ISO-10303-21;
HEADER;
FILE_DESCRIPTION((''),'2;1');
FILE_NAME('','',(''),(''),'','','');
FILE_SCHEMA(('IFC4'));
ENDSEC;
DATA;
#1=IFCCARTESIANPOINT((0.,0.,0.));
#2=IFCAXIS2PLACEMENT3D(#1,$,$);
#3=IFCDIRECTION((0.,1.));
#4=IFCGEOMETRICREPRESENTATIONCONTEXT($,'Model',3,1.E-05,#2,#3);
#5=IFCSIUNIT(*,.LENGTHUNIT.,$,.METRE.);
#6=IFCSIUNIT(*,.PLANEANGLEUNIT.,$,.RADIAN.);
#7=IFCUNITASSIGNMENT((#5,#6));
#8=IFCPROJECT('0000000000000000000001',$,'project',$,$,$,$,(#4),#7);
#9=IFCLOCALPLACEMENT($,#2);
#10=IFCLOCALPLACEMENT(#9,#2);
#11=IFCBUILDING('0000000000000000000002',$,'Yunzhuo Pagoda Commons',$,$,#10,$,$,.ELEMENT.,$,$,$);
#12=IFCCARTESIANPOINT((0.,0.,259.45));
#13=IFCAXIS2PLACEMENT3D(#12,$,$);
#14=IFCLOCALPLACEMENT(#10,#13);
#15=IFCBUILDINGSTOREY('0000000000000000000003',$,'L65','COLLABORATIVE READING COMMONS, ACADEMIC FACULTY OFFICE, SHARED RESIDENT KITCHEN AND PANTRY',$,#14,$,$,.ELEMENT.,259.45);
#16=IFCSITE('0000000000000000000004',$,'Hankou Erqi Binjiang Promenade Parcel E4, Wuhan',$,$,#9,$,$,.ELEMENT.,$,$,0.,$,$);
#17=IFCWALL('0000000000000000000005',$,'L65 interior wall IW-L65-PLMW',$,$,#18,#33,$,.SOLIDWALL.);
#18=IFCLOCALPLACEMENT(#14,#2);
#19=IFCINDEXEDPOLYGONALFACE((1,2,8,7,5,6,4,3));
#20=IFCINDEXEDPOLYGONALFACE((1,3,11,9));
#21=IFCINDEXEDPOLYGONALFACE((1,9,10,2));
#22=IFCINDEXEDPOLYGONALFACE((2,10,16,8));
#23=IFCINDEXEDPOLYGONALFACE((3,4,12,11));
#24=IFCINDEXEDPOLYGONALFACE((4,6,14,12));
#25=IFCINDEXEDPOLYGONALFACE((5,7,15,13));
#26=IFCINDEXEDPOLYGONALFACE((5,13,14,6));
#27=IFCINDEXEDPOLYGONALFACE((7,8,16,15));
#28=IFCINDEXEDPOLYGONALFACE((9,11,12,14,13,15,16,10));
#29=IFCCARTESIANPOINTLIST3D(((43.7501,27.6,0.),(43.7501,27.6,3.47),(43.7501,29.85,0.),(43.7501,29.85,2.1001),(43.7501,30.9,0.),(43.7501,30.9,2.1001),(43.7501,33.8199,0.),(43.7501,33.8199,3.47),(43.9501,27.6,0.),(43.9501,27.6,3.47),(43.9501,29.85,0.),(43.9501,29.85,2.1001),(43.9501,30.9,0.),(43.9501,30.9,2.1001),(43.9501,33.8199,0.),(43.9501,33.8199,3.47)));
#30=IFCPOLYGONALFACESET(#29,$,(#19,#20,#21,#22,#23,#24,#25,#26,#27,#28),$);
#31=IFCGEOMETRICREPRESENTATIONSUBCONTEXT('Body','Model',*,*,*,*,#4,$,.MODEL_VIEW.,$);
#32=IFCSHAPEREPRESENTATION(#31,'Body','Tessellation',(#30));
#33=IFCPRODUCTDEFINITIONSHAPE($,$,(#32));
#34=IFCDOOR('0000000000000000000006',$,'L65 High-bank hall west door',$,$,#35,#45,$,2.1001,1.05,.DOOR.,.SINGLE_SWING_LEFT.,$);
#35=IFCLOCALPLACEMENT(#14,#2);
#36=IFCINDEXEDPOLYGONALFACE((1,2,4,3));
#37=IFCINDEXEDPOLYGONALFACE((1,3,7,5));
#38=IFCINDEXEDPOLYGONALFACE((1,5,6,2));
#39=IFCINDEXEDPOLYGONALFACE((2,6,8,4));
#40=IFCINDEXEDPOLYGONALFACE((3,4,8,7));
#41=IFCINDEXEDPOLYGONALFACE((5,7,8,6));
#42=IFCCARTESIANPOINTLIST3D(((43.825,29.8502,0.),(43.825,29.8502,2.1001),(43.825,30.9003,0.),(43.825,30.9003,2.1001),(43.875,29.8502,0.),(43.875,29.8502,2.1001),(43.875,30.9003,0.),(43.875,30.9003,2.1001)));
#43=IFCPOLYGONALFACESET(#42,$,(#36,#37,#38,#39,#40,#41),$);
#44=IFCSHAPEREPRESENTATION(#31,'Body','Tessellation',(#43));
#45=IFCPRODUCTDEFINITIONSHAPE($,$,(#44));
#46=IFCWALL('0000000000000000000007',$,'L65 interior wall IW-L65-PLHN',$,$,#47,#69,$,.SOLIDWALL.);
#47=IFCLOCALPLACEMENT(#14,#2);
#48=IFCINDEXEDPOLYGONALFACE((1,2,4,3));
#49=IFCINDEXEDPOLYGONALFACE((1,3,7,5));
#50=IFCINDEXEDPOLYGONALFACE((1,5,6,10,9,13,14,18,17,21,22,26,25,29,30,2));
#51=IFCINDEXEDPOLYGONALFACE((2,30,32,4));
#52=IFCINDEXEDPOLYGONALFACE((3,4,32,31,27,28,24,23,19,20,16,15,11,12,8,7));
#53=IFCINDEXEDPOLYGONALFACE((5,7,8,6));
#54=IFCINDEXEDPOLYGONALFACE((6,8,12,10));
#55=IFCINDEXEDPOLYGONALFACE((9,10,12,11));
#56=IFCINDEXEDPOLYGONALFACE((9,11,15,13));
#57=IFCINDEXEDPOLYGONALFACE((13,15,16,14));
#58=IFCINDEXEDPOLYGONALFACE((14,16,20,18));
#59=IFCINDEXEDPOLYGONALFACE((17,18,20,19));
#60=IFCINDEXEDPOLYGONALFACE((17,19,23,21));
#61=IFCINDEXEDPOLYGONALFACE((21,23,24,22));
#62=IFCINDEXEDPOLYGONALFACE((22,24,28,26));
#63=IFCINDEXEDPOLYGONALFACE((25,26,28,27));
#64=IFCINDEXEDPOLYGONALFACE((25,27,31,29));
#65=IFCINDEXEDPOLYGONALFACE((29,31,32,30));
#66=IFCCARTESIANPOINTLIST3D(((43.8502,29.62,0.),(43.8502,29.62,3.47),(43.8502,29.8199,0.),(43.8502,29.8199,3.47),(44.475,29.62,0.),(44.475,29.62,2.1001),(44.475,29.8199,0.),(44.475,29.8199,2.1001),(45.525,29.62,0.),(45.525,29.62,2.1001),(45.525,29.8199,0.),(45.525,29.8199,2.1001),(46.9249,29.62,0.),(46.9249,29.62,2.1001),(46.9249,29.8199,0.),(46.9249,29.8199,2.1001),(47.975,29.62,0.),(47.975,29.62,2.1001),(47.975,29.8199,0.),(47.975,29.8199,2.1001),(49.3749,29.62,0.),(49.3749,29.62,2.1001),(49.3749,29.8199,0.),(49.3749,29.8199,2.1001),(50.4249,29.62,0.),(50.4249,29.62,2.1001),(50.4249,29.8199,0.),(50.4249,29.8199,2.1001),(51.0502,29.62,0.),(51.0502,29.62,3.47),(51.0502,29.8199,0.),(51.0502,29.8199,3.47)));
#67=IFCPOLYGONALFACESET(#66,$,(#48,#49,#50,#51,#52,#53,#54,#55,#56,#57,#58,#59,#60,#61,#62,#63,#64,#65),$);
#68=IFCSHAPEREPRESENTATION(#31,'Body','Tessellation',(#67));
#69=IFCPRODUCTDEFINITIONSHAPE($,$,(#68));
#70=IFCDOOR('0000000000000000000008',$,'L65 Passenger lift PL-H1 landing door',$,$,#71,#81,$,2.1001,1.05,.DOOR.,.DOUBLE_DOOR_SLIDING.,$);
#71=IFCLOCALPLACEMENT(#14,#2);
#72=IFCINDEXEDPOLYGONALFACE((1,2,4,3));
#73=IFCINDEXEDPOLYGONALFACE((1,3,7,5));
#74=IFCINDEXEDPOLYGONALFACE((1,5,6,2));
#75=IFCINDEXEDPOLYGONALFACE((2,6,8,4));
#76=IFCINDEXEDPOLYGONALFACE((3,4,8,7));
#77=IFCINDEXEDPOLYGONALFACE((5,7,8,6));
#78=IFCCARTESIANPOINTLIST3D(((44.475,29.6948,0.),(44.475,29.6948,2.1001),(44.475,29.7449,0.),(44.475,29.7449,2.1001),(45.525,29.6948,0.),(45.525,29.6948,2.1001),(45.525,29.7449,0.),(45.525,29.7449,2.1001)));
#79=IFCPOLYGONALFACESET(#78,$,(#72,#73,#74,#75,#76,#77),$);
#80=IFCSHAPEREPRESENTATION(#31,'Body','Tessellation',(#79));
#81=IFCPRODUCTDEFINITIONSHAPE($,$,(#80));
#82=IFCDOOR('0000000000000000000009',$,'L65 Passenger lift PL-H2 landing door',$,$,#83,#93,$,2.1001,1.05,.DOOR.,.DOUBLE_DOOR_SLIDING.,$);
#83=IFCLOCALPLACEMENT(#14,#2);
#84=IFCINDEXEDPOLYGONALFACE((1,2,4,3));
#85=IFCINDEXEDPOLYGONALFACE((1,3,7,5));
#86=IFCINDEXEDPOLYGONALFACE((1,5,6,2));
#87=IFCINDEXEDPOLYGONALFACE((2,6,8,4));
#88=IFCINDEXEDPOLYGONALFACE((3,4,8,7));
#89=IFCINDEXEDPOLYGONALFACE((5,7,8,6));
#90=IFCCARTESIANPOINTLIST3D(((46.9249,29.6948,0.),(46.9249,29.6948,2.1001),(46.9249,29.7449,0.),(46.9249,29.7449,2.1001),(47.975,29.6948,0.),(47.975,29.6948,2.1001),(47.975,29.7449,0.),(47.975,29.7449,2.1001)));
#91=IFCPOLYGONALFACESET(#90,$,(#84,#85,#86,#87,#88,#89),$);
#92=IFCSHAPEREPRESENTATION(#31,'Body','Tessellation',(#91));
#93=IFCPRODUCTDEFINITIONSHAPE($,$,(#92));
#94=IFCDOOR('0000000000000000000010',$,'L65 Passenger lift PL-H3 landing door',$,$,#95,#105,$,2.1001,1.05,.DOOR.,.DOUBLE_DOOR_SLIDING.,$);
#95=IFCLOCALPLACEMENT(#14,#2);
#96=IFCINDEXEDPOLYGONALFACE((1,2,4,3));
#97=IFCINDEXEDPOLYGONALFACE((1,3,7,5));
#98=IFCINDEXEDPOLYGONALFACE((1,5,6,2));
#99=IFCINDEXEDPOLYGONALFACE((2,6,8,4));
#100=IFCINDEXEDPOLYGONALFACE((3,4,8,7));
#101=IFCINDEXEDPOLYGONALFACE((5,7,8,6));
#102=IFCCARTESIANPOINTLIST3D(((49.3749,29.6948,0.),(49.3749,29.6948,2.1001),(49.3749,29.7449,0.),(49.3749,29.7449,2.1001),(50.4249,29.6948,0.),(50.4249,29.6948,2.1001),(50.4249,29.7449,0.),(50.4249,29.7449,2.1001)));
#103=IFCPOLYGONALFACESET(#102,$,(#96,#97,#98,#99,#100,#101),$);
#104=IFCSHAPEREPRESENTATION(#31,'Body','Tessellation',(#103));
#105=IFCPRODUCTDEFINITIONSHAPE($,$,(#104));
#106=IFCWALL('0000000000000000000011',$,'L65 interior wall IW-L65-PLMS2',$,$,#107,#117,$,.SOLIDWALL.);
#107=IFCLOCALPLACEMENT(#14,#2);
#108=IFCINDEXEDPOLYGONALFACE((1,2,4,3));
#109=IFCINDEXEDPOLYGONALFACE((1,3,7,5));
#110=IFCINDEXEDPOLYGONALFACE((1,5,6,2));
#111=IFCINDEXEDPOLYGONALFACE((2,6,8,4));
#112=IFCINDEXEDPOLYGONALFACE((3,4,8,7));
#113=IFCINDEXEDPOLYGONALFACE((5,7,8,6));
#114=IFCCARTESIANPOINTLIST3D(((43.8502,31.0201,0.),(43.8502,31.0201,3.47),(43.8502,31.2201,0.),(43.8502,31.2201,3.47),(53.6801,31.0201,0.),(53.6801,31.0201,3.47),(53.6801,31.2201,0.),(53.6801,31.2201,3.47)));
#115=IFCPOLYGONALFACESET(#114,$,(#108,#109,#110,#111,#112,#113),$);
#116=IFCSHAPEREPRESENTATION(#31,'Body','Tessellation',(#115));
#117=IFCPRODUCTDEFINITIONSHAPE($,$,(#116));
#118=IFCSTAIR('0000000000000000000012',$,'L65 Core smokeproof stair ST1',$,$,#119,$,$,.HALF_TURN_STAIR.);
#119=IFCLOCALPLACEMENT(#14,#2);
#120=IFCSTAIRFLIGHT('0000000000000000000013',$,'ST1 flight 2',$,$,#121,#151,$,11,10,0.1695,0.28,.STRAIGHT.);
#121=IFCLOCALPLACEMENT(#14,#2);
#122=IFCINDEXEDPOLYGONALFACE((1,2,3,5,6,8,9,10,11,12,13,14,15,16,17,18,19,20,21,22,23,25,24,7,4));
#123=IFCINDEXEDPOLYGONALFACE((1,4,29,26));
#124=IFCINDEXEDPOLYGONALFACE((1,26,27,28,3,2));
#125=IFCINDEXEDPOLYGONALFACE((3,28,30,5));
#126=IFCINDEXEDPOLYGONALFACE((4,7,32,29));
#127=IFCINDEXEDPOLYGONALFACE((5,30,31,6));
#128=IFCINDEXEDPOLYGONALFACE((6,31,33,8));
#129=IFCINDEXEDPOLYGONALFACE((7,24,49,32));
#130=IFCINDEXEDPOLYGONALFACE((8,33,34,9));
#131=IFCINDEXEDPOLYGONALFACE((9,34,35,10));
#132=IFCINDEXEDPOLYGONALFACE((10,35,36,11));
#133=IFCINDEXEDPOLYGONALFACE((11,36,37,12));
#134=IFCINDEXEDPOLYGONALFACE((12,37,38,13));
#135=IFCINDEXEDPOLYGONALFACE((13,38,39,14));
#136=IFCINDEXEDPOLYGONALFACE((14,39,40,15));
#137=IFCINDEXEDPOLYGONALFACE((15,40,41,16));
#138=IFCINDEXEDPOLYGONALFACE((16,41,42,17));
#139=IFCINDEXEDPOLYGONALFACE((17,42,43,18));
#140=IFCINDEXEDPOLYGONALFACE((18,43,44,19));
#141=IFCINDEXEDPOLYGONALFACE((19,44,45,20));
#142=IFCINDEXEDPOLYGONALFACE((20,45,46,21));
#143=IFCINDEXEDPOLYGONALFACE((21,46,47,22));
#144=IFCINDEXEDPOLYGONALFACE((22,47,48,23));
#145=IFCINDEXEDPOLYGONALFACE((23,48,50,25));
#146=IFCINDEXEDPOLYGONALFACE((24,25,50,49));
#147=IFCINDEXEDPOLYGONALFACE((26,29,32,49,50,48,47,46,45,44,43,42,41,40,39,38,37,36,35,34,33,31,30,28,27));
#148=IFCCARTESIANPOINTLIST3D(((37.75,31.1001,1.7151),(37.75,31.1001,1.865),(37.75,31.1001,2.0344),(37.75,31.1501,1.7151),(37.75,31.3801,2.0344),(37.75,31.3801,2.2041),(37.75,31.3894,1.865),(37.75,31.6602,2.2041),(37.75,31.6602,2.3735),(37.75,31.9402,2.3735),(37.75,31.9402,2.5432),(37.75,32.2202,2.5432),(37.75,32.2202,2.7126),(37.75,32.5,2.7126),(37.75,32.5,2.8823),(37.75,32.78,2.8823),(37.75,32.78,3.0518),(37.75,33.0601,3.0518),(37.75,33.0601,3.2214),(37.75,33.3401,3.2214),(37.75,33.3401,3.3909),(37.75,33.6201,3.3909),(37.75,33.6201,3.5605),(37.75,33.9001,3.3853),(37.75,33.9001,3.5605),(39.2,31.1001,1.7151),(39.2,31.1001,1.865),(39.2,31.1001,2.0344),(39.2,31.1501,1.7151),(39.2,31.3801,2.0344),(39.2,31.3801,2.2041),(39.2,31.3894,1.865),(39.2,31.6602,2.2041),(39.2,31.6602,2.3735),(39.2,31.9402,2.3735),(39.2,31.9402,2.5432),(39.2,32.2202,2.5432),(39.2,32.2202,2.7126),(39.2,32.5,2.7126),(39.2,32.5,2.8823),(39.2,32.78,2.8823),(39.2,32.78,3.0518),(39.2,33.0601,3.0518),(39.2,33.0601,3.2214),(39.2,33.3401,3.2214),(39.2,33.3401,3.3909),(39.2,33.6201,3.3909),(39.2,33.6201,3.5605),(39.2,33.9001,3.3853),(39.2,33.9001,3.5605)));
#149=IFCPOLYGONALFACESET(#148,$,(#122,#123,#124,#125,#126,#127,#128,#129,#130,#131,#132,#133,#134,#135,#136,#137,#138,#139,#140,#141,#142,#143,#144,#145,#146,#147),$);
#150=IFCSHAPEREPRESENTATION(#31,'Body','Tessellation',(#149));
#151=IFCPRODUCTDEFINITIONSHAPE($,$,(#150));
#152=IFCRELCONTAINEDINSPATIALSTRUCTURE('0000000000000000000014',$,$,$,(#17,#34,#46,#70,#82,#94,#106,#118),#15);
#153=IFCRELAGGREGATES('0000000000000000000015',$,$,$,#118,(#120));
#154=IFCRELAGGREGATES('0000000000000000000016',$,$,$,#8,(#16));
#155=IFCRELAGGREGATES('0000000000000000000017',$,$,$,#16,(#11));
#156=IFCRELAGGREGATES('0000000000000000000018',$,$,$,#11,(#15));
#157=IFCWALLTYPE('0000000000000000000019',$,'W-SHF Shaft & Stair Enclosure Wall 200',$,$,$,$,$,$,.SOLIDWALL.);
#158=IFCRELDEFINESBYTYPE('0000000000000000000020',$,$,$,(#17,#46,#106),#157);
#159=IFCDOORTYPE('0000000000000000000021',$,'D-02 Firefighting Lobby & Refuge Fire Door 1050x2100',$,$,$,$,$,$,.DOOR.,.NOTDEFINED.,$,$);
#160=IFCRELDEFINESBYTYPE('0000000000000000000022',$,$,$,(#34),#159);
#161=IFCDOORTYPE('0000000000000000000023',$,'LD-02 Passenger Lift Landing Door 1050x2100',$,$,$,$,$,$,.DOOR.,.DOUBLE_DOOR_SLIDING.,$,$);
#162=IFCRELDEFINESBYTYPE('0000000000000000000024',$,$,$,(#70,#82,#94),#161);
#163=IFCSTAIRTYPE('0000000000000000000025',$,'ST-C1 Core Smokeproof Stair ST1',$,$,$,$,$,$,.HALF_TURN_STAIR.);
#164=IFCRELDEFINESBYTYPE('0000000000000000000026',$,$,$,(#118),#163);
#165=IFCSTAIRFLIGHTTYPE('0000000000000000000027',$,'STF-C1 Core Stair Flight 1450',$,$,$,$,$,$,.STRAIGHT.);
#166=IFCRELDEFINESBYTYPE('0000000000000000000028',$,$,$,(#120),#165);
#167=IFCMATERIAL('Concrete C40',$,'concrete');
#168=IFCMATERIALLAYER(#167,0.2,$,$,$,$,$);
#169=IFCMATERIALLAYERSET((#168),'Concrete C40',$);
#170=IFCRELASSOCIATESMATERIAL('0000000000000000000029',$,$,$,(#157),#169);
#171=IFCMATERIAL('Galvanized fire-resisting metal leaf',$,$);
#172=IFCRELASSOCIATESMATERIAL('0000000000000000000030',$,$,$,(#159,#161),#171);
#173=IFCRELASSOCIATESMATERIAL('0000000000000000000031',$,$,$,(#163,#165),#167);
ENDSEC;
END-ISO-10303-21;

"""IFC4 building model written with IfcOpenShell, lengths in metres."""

from ifc_helpers import new_model, si_unit, direction, frame, frame_2d, origin, origin_with_axes, place, context, subcontext, project, spatial, polyline, rectangle, outline, extrude, source, transform, mapped, material, layer, layer_set, type_object, element, fill, aggregate, save


model = new_model("IFC4")

# Units and contexts
model_context = context("Model", 3, precision=1e-05, world=origin(), true_north=direction((0.0, 1.0)))
body_context = subcontext(model_context, "Body", "Model", "MODEL_VIEW")
ifc_project = project(units=[si_unit("LENGTHUNIT", "METRE"), si_unit("PLANEANGLEUNIT", "RADIAN")], contexts=[model_context])

# Site, building, storey
site_placement = place(None, origin())
site = spatial("IfcSite", under=ifc_project, at=site_placement, Name="Hankou Erqi Binjiang Promenade Parcel E4, Wuhan", CompositionType="ELEMENT", RefElevation=0.0)
building_placement = place(site_placement, origin())
building = spatial("IfcBuilding", under=site, at=building_placement, Name="Yunzhuo Pagoda Commons", CompositionType="ELEMENT")
storey_placement = place(building_placement, frame((0.0, 0.0, 259.45)))
storey = spatial("IfcBuildingStorey", under=building, at=storey_placement, Name="L65", Description="COLLABORATIVE READING COMMONS, ACADEMIC FACULTY OFFICE, SHARED RESIDENT KITCHEN AND PANTRY", CompositionType="ELEMENT", Elevation=259.45)

# Shared definitions
ifc_material_1 = material(Name="Galvanized fire-resisting metal leaf")

# Wall, opening, door
ifc_material_2 = material(Name="Concrete C40", Category="concrete")
ifc_layer_1 = layer(ifc_material_2, 0.2)
ifc_layer_set_1 = layer_set([ifc_layer_1], Name="Concrete C40")
wall_type_1 = type_object("IfcWallType", Name="W-SHF Shaft & Stair Enclosure Wall 200", PredefinedType="SOLIDWALL", material=ifc_layer_set_1)
wall_1_placement = place(storey_placement, frame((43.8501, 27.6001, 0.0), z_axis=(0.0, 0.0, 1.0), x_axis=(0.0, 1.0, 0.0)))
wall_1 = element("IfcWall", 1, at=wall_1_placement, inside=storey, type_object=wall_type_1, Name="L65 interior wall IW-L65-PLMW", PredefinedType="SOLIDWALL", context=body_context, shape_type="SweptSolid", body=[
    extrude(rectangle(XDim=6.22, YDim=0.2, at=frame_2d((3.1099, 0.0))), origin(), (0.0, 0.0, 1.0), 3.47),
])
opening_1_placement = place(wall_1_placement, frame((2.25, 0.0, 0.0)))
opening_1 = element("IfcOpeningElement", 2, at=opening_1_placement, cuts=wall_1, PredefinedType="OPENING", context=body_context, shape_type="SweptSolid", body=[
    extrude(rectangle(XDim=1.05, YDim=2.1001, at=frame_2d((0.5249, 1.05))), frame((0.0, 0.1099, 0.0), z_axis=(0.0, -1.0, 0.0), x_axis=(1.0, 0.0, 0.0)), (0.0, 0.0, 1.0), 0.22),
])
door_type_1 = type_object("IfcDoorType", Name="D-02 Firefighting Lobby & Refuge Fire Door 1050x2100", OperationType="NOTDEFINED", PredefinedType="DOOR", material=ifc_material_1)
shared_shape_1 = source(origin(), body_context, "Body", "SweptSolid", [
    extrude(rectangle(XDim=1.05, YDim=2.1001, at=frame_2d((0.5249, 1.05))), frame((0.0, 0.0249, 0.0), z_axis=(0.0, -1.0, 0.0), x_axis=(1.0, 0.0, 0.0)), (0.0, 0.0, 1.0), 0.05),
])
door_1_placement = place(opening_1_placement, frame((1.05, 0.0, 0.0), z_axis=(0.0, 0.0, 1.0), x_axis=(-1.0, 0.0, 0.0)))
door_1 = element("IfcDoor", 3, at=door_1_placement, inside=storey, type_object=door_type_1, Name="L65 High-bank hall west door", OperationType="SINGLE_SWING_LEFT", OverallHeight=2.1001, OverallWidth=1.05, PredefinedType="DOOR", context=body_context, shape_type="MappedRepresentation", body=[
    mapped(shared_shape_1, transform((0.0, 0.0, 0.0), scale=1.0)),
])
fill(opening_1, door_1)

# Wall, openings, doors
wall_2_placement = place(storey_placement, frame((43.8501, 29.72, 0.0), z_axis=(0.0, 0.0, 1.0), x_axis=(1.0, 0.0, 0.0)))
wall_2 = element("IfcWall", 4, at=wall_2_placement, inside=storey, type_object=wall_type_1, Name="L65 interior wall IW-L65-PLHN", PredefinedType="SOLIDWALL", context=body_context, shape_type="SweptSolid", body=[
    extrude(rectangle(XDim=7.2, YDim=0.2, at=frame_2d((3.6001, 0.0))), origin(), (0.0, 0.0, 1.0), 3.47),
])
opening_2_placement = place(wall_2_placement, frame((0.625, 0.0, 0.0)))
opening_2 = element("IfcOpeningElement", 5, at=opening_2_placement, cuts=wall_2, PredefinedType="OPENING", context=body_context, shape_type="SweptSolid", body=[
    extrude(rectangle(XDim=1.05, YDim=2.1001, at=frame_2d((0.5249, 1.05))), frame((0.0, 0.1099, 0.0), z_axis=(0.0, -1.0, 0.0), x_axis=(1.0, 0.0, 0.0)), (0.0, 0.0, 1.0), 0.22),
])
opening_3_placement = place(wall_2_placement, frame((3.075, 0.0, 0.0)))
opening_3 = element("IfcOpeningElement", 6, at=opening_3_placement, cuts=wall_2, PredefinedType="OPENING", context=body_context, shape_type="SweptSolid", body=[
    extrude(rectangle(XDim=1.05, YDim=2.1001, at=frame_2d((0.5249, 1.05))), frame((0.0, 0.1099, 0.0), z_axis=(0.0, -1.0, 0.0), x_axis=(1.0, 0.0, 0.0)), (0.0, 0.0, 1.0), 0.22),
])
opening_4_placement = place(wall_2_placement, frame((5.5249, 0.0, 0.0)))
opening_4 = element("IfcOpeningElement", 7, at=opening_4_placement, cuts=wall_2, PredefinedType="OPENING", context=body_context, shape_type="SweptSolid", body=[
    extrude(rectangle(XDim=1.05, YDim=2.1001, at=frame_2d((0.5249, 1.05))), frame((0.0, 0.1099, 0.0), z_axis=(0.0, -1.0, 0.0), x_axis=(1.0, 0.0, 0.0)), (0.0, 0.0, 1.0), 0.22),
])
door_type_2 = type_object("IfcDoorType", Name="LD-02 Passenger Lift Landing Door 1050x2100", OperationType="DOUBLE_DOOR_SLIDING", PredefinedType="DOOR", material=ifc_material_1)
door_2_placement = place(opening_2_placement, origin_with_axes())
door_2 = element("IfcDoor", 8, at=door_2_placement, inside=storey, type_object=door_type_2, Name="L65 Passenger lift PL-H1 landing door", OperationType="DOUBLE_DOOR_SLIDING", OverallHeight=2.1001, OverallWidth=1.05, PredefinedType="DOOR", context=body_context, shape_type="MappedRepresentation", body=[
    mapped(shared_shape_1, transform((0.0, 0.0, 0.0), scale=1.0)),
])
fill(opening_2, door_2)
door_3_placement = place(opening_3_placement, origin_with_axes())
door_3 = element("IfcDoor", 9, at=door_3_placement, inside=storey, type_object=door_type_2, Name="L65 Passenger lift PL-H2 landing door", OperationType="DOUBLE_DOOR_SLIDING", OverallHeight=2.1001, OverallWidth=1.05, PredefinedType="DOOR", context=body_context, shape_type="MappedRepresentation", body=[
    mapped(shared_shape_1, transform((0.0, 0.0, 0.0), scale=1.0)),
])
fill(opening_3, door_3)
door_4_placement = place(opening_4_placement, origin_with_axes())
door_4 = element("IfcDoor", 10, at=door_4_placement, inside=storey, type_object=door_type_2, Name="L65 Passenger lift PL-H3 landing door", OperationType="DOUBLE_DOOR_SLIDING", OverallHeight=2.1001, OverallWidth=1.05, PredefinedType="DOOR", context=body_context, shape_type="MappedRepresentation", body=[
    mapped(shared_shape_1, transform((0.0, 0.0, 0.0), scale=1.0)),
])
fill(opening_4, door_4)

# Wall
wall_3_placement = place(storey_placement, frame((43.8501, 31.1201, 0.0), z_axis=(0.0, 0.0, 1.0), x_axis=(1.0, 0.0, 0.0)))
element("IfcWall", 11, at=wall_3_placement, inside=storey, type_object=wall_type_1, Name="L65 interior wall IW-L65-PLMS2", PredefinedType="SOLIDWALL", context=body_context, shape_type="SweptSolid", body=[
    extrude(rectangle(XDim=9.8298, YDim=0.2, at=frame_2d((4.915, 0.0))), origin(), (0.0, 0.0, 1.0), 3.47),
])

# Stair, stair flight
stair_type = type_object("IfcStairType", Name="ST-C1 Core Smokeproof Stair ST1", PredefinedType="HALF_TURN_STAIR", material=ifc_material_2)
stair_placement = place(storey_placement, origin())
stair = element("IfcStair", 12, at=stair_placement, inside=storey, type_object=stair_type, Name="L65 Core smokeproof stair ST1", PredefinedType="HALF_TURN_STAIR")
stair_flight_type = type_object("IfcStairFlightType", Name="STF-C1 Core Stair Flight 1450", PredefinedType="STRAIGHT", material=ifc_material_2)
shared_shape_2 = source(origin(), body_context, "Body", "SweptSolid", [
    extrude(outline(polyline([(0.0, -0.1499), (0.0, 0.0), (0.0, 0.1694), (0.28, 0.1694), (0.28, 0.3391), (0.5601, 0.3391), (0.5601, 0.5085), (0.8401, 0.5085), (0.8401, 0.6782), (1.1201, 0.6782), (1.1201, 0.8477), (1.3999, 0.8477), (1.3999, 1.0173), (1.6799, 1.0173), (1.6799, 1.1868), (1.96, 1.1868), (1.96, 1.3564), (2.24, 1.3564), (2.24, 1.5259), (2.52, 1.5259), (2.52, 1.6956), (2.8, 1.6956), (2.8, 1.865), (2.8, 1.5203), (0.2893, 0.0), (0.05, -0.1499), (0.0, -0.1499)])), frame((0.0, 0.7251, 0.0), z_axis=(0.0, -1.0, 0.0), x_axis=(1.0, 0.0, 0.0)), (0.0, 0.0, 1.0), 1.45),
])
stair_flight_placement = place(storey_placement, frame((38.4751, 31.1001, 1.865), z_axis=(0.0, 0.0, 1.0), x_axis=(0.0, 1.0, 0.0)))
stair_flight = element("IfcStairFlight", 13, at=stair_flight_placement, type_object=stair_flight_type, Name="ST1 flight 2", NumberOfRisers=11, NumberOfTreads=10, PredefinedType="STRAIGHT", RiserHeight=0.1695, TreadLength=0.28, context=body_context, shape_type="MappedRepresentation", body=[
    mapped(shared_shape_2, transform((0.0, 0.0, 0.0), scale=1.0)),
])
aggregate(stair, [stair_flight])

save(model, "model.ifc")
